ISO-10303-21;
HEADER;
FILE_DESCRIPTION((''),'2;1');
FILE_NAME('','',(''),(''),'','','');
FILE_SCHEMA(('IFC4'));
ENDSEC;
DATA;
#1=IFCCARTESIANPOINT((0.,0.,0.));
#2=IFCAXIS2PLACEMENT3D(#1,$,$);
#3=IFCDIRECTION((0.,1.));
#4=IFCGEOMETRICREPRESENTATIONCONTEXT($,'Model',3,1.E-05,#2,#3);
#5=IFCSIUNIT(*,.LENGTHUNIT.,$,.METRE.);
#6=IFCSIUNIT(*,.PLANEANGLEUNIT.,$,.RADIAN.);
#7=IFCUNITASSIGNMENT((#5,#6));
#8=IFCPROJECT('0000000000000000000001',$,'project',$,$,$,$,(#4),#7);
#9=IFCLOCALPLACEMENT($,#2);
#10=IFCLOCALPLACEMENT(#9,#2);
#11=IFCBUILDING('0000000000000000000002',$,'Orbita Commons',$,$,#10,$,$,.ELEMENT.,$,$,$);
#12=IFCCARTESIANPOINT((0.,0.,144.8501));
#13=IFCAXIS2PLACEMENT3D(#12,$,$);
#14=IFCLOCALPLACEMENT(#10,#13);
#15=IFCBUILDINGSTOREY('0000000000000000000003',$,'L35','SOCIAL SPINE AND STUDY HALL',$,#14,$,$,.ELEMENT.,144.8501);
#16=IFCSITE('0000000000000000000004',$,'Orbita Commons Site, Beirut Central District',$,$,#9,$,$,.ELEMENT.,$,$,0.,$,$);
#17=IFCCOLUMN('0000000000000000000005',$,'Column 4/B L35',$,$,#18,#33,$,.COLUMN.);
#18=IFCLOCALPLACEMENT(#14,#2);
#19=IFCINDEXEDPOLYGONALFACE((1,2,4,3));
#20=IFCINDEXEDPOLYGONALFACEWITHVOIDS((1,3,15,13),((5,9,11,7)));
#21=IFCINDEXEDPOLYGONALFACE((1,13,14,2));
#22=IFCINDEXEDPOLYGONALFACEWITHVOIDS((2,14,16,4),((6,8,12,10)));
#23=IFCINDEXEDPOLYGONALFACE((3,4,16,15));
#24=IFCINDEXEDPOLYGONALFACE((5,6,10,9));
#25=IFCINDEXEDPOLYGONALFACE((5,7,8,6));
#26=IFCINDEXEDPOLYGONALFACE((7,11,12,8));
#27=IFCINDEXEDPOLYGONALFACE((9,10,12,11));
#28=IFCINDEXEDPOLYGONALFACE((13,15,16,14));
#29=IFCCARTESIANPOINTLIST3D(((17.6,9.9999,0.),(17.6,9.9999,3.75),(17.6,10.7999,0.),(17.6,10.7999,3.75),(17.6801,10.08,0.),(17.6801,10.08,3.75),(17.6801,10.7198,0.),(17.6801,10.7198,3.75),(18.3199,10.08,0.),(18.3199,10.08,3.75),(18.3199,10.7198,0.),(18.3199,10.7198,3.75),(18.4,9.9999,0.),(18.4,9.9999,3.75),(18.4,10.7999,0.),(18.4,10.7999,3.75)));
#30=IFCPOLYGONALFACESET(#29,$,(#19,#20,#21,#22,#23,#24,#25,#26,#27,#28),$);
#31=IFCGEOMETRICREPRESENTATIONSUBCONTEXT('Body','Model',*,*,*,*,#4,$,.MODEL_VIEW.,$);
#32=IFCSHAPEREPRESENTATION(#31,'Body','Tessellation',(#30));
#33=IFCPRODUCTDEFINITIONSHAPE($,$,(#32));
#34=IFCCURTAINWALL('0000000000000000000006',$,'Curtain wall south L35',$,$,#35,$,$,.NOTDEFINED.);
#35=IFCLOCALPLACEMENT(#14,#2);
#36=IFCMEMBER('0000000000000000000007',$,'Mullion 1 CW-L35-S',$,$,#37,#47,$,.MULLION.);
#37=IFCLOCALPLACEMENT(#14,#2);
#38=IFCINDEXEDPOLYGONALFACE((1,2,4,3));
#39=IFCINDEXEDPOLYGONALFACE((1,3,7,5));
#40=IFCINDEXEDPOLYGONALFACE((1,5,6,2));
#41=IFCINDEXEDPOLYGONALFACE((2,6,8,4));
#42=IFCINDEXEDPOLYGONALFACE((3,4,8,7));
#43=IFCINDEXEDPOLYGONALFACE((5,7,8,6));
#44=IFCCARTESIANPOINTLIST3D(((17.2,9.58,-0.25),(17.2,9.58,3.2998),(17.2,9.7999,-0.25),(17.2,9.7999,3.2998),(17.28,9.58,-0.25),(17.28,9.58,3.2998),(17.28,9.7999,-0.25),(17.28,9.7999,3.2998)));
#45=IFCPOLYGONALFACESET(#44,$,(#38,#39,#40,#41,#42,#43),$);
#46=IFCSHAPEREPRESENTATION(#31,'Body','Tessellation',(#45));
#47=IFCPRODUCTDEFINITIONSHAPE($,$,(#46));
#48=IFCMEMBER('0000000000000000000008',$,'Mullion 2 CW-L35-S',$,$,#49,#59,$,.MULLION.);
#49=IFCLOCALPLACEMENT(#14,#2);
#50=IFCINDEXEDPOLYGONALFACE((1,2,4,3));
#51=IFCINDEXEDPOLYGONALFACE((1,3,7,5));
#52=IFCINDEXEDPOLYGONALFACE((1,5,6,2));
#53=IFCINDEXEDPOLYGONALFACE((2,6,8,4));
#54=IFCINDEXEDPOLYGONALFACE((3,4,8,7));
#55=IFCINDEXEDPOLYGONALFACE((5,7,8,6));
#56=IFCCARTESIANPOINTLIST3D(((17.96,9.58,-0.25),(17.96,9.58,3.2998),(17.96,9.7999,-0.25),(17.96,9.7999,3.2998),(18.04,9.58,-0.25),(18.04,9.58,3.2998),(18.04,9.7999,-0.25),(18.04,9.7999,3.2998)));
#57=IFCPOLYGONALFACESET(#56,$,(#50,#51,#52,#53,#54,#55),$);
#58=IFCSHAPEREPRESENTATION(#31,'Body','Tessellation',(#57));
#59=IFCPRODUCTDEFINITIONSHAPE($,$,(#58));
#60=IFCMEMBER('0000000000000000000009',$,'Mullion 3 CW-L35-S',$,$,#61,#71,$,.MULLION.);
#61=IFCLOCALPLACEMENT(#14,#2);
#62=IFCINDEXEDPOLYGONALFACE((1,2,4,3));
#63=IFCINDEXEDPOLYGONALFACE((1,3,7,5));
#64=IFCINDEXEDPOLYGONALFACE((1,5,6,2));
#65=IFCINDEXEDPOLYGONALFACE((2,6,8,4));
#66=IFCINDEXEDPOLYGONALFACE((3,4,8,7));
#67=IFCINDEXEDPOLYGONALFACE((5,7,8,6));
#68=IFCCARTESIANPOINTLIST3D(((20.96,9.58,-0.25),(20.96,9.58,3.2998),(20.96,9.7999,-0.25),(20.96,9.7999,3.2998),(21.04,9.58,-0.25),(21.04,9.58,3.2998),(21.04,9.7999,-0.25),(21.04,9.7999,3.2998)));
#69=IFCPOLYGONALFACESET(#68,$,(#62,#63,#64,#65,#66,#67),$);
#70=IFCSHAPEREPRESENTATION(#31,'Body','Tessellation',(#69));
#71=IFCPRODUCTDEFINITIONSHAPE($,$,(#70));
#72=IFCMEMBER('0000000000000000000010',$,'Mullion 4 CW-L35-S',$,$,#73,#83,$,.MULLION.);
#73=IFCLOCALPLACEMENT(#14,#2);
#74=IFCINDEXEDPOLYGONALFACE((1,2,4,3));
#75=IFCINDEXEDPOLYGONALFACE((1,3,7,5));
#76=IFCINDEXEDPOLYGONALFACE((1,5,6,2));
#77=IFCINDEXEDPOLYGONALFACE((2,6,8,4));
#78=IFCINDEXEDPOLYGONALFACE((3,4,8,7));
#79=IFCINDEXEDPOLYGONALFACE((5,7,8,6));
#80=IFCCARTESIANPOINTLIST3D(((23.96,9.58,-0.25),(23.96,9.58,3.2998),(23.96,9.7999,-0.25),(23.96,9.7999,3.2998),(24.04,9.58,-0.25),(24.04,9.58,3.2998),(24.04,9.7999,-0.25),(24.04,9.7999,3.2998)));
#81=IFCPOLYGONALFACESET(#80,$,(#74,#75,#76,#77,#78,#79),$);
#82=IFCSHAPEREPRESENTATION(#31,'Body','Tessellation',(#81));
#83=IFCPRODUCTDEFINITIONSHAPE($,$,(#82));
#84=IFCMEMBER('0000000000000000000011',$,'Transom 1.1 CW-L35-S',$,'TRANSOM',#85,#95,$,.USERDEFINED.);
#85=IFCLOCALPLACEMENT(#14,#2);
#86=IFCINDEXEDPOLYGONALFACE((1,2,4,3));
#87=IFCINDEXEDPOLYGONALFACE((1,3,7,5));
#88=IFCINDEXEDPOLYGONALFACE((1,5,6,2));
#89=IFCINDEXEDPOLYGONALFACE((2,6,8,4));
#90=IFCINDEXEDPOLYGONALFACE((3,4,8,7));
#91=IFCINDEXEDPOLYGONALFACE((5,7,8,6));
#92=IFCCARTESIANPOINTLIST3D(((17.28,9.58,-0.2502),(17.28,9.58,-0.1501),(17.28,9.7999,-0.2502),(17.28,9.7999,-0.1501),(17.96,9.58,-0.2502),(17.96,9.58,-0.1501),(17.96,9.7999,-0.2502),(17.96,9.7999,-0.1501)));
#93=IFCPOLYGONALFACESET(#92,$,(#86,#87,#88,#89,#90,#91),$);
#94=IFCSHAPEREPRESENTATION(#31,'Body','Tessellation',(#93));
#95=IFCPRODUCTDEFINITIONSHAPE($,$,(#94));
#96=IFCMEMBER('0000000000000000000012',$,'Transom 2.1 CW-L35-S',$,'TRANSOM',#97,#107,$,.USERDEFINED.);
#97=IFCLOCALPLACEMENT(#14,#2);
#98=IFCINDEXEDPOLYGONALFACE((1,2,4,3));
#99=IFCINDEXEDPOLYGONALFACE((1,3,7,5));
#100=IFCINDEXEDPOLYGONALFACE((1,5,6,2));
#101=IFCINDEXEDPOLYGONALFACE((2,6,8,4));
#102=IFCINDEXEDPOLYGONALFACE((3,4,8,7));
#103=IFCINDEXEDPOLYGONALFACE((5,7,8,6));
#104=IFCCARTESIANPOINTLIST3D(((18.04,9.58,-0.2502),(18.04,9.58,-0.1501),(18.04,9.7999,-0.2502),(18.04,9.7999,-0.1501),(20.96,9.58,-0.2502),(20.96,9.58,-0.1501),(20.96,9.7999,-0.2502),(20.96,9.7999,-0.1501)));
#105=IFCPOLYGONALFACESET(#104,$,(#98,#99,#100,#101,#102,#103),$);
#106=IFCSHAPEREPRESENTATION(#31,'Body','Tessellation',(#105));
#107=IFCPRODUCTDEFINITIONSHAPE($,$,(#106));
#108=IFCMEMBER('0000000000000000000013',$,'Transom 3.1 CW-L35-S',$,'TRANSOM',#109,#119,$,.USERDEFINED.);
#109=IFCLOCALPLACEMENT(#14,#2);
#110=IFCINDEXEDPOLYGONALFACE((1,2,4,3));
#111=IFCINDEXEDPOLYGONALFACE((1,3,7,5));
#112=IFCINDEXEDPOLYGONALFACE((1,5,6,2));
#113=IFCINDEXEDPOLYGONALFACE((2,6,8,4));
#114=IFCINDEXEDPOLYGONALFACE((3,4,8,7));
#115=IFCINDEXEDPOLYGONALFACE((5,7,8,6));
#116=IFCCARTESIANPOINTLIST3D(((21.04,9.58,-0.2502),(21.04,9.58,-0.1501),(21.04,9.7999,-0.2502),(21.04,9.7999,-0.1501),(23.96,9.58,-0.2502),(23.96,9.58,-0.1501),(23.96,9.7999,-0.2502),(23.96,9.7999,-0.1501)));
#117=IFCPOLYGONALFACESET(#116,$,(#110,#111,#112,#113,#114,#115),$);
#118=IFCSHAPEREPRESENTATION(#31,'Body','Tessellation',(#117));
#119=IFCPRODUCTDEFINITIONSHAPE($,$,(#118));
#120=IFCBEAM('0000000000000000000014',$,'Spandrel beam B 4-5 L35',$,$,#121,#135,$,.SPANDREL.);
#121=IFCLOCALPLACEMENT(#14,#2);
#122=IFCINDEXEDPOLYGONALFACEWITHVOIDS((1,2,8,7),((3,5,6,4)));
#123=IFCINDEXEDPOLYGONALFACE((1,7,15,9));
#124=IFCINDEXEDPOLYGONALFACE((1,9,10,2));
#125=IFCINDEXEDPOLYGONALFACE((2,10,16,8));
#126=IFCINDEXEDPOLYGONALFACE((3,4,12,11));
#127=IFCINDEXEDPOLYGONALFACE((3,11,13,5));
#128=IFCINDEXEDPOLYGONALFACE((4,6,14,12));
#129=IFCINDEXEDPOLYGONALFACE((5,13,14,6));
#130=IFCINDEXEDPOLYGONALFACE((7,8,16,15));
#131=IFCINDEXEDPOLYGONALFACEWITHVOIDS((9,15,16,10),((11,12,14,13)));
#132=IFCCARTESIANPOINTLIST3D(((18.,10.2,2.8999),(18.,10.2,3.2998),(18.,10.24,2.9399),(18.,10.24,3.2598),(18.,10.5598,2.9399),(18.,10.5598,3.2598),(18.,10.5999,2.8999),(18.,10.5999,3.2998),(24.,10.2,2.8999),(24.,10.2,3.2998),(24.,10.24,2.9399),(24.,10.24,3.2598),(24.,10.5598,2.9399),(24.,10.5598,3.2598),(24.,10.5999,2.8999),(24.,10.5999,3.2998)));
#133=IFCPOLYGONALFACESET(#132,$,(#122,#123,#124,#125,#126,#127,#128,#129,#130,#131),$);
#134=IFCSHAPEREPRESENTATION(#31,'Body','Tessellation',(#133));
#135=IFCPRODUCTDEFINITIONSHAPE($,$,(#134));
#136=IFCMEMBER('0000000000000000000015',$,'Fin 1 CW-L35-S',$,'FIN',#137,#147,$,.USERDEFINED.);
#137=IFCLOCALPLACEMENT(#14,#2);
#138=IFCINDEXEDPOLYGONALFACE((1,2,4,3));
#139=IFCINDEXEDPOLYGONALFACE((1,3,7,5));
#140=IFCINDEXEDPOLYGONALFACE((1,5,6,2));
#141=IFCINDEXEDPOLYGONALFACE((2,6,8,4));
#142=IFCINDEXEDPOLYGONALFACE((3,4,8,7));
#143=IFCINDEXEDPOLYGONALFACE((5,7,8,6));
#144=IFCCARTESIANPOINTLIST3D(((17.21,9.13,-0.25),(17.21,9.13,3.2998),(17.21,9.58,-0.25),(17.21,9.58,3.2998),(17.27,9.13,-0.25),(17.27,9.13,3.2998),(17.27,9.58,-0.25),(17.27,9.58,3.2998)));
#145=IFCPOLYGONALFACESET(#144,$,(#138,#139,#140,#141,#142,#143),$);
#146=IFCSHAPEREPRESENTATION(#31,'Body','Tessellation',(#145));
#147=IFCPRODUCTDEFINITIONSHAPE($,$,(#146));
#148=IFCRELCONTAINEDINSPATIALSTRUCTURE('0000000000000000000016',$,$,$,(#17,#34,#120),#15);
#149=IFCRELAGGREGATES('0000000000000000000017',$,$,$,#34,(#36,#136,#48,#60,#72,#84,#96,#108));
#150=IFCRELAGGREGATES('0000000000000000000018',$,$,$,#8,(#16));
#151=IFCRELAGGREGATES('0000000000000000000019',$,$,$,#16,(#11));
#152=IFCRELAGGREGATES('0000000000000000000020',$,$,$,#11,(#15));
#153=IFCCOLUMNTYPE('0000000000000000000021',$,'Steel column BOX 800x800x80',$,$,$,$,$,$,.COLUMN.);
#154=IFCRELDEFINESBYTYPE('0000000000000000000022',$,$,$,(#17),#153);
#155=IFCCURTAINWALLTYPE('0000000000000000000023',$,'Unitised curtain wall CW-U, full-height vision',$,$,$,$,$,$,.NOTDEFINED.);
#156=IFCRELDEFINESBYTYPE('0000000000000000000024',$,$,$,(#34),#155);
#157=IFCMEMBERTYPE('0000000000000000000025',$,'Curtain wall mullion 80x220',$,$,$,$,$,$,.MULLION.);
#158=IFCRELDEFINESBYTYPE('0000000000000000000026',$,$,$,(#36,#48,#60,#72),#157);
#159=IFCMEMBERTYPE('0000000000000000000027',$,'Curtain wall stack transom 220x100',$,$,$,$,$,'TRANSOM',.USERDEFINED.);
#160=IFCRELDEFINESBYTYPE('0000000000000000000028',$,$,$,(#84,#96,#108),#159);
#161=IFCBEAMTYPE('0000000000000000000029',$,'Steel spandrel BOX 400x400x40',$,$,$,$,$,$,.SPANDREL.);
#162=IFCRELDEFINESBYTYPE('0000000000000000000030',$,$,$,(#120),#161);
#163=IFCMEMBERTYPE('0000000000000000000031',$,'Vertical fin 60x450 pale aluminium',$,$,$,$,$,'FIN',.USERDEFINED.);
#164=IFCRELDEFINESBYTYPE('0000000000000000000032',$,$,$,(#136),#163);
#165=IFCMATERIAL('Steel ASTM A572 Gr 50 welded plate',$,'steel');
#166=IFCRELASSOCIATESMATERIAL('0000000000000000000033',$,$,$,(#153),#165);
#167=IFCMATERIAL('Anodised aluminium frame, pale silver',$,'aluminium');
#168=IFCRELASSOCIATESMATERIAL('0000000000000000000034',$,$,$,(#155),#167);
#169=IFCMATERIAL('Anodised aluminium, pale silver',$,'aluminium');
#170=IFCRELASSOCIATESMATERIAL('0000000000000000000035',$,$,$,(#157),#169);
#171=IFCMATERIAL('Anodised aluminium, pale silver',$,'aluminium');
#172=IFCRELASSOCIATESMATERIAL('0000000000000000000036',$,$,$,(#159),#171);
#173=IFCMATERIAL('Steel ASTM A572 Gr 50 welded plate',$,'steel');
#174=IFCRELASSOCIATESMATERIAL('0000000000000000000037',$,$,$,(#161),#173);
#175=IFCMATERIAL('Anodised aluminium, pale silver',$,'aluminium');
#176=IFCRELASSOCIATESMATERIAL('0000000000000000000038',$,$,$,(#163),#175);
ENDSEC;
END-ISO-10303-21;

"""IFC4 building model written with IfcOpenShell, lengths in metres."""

from ifc_helpers import new_model, si_unit, direction, frame, origin, origin_2d, place, context, subcontext, project, spatial, rectangle, hollow_rectangle, extrude, material, material_profile, profile_set, type_object, element, aggregate, save


model = new_model("IFC4")

# Units and contexts
model_context = context("Model", 3, precision=1e-05, world=origin(), true_north=direction((0.0, 1.0)))
body_context = subcontext(model_context, "Body", "Model", "MODEL_VIEW")
ifc_project = project(units=[si_unit("LENGTHUNIT", "METRE"), si_unit("PLANEANGLEUNIT", "RADIAN")], contexts=[model_context])

# Site, building, storey
site_placement = place(None, origin())
site = spatial("IfcSite", under=ifc_project, at=site_placement, Name="Orbita Commons Site, Beirut Central District", CompositionType="ELEMENT", RefElevation=0.0)
building_placement = place(site_placement, origin())
building = spatial("IfcBuilding", under=site, at=building_placement, Name="Orbita Commons", CompositionType="ELEMENT")
storey_placement = place(building_placement, frame((0.0, 0.0, 144.8501)))
storey = spatial("IfcBuildingStorey", under=building, at=storey_placement, Name="L35", Description="SOCIAL SPINE AND STUDY HALL", CompositionType="ELEMENT", Elevation=144.8501)

# Column
ifc_material_1 = material(Name="Steel ASTM A572 Gr 50 welded plate", Category="steel")
ifc_material_profile_1 = material_profile(ifc_material_1, hollow_rectangle(XDim=0.8, YDim=0.8, WallThickness=0.0801, at=origin_2d()), Name="BOX 800x800x80")
ifc_profile_set_1 = profile_set([ifc_material_profile_1], Name="Steel ASTM A572 Gr 50 welded plate")
column_type = type_object("IfcColumnType", Name="Steel column BOX 800x800x80", PredefinedType="COLUMN", material=ifc_profile_set_1)
column_placement = place(storey_placement, frame((18.0, 10.3999, 0.0), z_axis=(0.0, 0.0, 1.0), x_axis=(1.0, 0.0, 0.0)))
element("IfcColumn", 1, at=column_placement, inside=storey, type_object=column_type, Name="Column 4/B L35", PredefinedType="COLUMN", context=body_context, shape_type="SweptSolid", body=[
    extrude(hollow_rectangle(XDim=0.8, YDim=0.8, WallThickness=0.0801, at=origin_2d()), origin(), (0.0, 0.0, 1.0), 3.75),
])

# Curtain wall, members
ifc_material_2 = material(Name="Anodised aluminium frame, pale silver", Category="aluminium")
curtain_wall_type = type_object("IfcCurtainWallType", Name="Unitised curtain wall CW-U, full-height vision", PredefinedType="NOTDEFINED", material=ifc_material_2)
curtain_wall_placement = place(storey_placement, origin())
curtain_wall = element("IfcCurtainWall", 2, at=curtain_wall_placement, inside=storey, type_object=curtain_wall_type, Name="Curtain wall south L35", PredefinedType="NOTDEFINED")
ifc_material_3 = material(Name="Anodised aluminium, pale silver", Category="aluminium")
ifc_material_profile_2 = material_profile(ifc_material_3, rectangle(XDim=0.0801, YDim=0.22, at=origin_2d()), Name="AL 80x220")
ifc_profile_set_2 = profile_set([ifc_material_profile_2], Name="Anodised aluminium, pale silver")
member_type_1 = type_object("IfcMemberType", Name="Curtain wall mullion 80x220", PredefinedType="MULLION", material=ifc_profile_set_2)
member_1_placement = place(storey_placement, frame((17.24, 9.6899, -0.25), z_axis=(0.0, 0.0, 1.0), x_axis=(1.0, 0.0, 0.0)))
member_1 = element("IfcMember", 3, at=member_1_placement, type_object=member_type_1, Name="Mullion 1 CW-L35-S", PredefinedType="MULLION", context=body_context, shape_type="SweptSolid", body=[
    extrude(rectangle(XDim=0.0801, YDim=0.22, at=origin_2d()), origin(), (0.0, 0.0, 1.0), 3.5498),
])
member_2_placement = place(storey_placement, frame((18.0, 9.6899, -0.25), z_axis=(0.0, 0.0, 1.0), x_axis=(1.0, 0.0, 0.0)))
member_2 = element("IfcMember", 4, at=member_2_placement, type_object=member_type_1, Name="Mullion 2 CW-L35-S", PredefinedType="MULLION", context=body_context, shape_type="SweptSolid", body=[
    extrude(rectangle(XDim=0.0801, YDim=0.22, at=origin_2d()), origin(), (0.0, 0.0, 1.0), 3.5498),
])
member_3_placement = place(storey_placement, frame((21.0, 9.6899, -0.25), z_axis=(0.0, 0.0, 1.0), x_axis=(1.0, 0.0, 0.0)))
member_3 = element("IfcMember", 5, at=member_3_placement, type_object=member_type_1, Name="Mullion 3 CW-L35-S", PredefinedType="MULLION", context=body_context, shape_type="SweptSolid", body=[
    extrude(rectangle(XDim=0.0801, YDim=0.22, at=origin_2d()), origin(), (0.0, 0.0, 1.0), 3.5498),
])
member_4_placement = place(storey_placement, frame((24.0, 9.6899, -0.25), z_axis=(0.0, 0.0, 1.0), x_axis=(1.0, 0.0, 0.0)))
member_4 = element("IfcMember", 6, at=member_4_placement, type_object=member_type_1, Name="Mullion 4 CW-L35-S", PredefinedType="MULLION", context=body_context, shape_type="SweptSolid", body=[
    extrude(rectangle(XDim=0.0801, YDim=0.22, at=origin_2d()), origin(), (0.0, 0.0, 1.0), 3.5498),
])
ifc_material_4 = material(Name="Anodised aluminium, pale silver", Category="aluminium")
ifc_material_profile_3 = material_profile(ifc_material_4, rectangle(XDim=0.22, YDim=0.1001, at=origin_2d()), Name="AL 220x100")
ifc_profile_set_3 = profile_set([ifc_material_profile_3], Name="Anodised aluminium, pale silver")
member_type_2 = type_object("IfcMemberType", Name="Curtain wall stack transom 220x100", ElementType="TRANSOM", PredefinedType="USERDEFINED", material=ifc_profile_set_3)
member_5_placement = place(storey_placement, frame((17.28, 9.6899, -0.2002), z_axis=(1.0, 0.0, 0.0), x_axis=(0.0, 1.0, 0.0)))
member_5 = element("IfcMember", 7, at=member_5_placement, type_object=member_type_2, Name="Transom 1.1 CW-L35-S", ObjectType="TRANSOM", PredefinedType="USERDEFINED", context=body_context, shape_type="SweptSolid", body=[
    extrude(rectangle(XDim=0.22, YDim=0.1001, at=origin_2d()), origin(), (0.0, 0.0, 1.0), 0.6799),
])
member_6_placement = place(storey_placement, frame((18.04, 9.6899, -0.2002), z_axis=(1.0, 0.0, 0.0), x_axis=(0.0, 1.0, 0.0)))
member_6 = element("IfcMember", 8, at=member_6_placement, type_object=member_type_2, Name="Transom 2.1 CW-L35-S", ObjectType="TRANSOM", PredefinedType="USERDEFINED", context=body_context, shape_type="SweptSolid", body=[
    extrude(rectangle(XDim=0.22, YDim=0.1001, at=origin_2d()), origin(), (0.0, 0.0, 1.0), 2.9199),
])
member_7_placement = place(storey_placement, frame((21.04, 9.6899, -0.2002), z_axis=(1.0, 0.0, 0.0), x_axis=(0.0, 1.0, 0.0)))
member_7 = element("IfcMember", 9, at=member_7_placement, type_object=member_type_2, Name="Transom 3.1 CW-L35-S", ObjectType="TRANSOM", PredefinedType="USERDEFINED", context=body_context, shape_type="SweptSolid", body=[
    extrude(rectangle(XDim=0.22, YDim=0.1001, at=origin_2d()), origin(), (0.0, 0.0, 1.0), 2.9199),
])

# Beam
ifc_material_5 = material(Name="Steel ASTM A572 Gr 50 welded plate", Category="steel")
ifc_material_profile_4 = material_profile(ifc_material_5, hollow_rectangle(XDim=0.3999, YDim=0.3999, WallThickness=0.04, at=origin_2d()), Name="BOX 400x400x40")
ifc_profile_set_4 = profile_set([ifc_material_profile_4], Name="Steel ASTM A572 Gr 50 welded plate")
beam_type = type_object("IfcBeamType", Name="Steel spandrel BOX 400x400x40", PredefinedType="SPANDREL", material=ifc_profile_set_4)
beam_placement = place(storey_placement, frame((18.0, 10.3999, 3.0999), z_axis=(1.0, 0.0, 0.0), x_axis=(0.0, 1.0, 0.0)))
element("IfcBeam", 10, at=beam_placement, inside=storey, type_object=beam_type, Name="Spandrel beam B 4-5 L35", PredefinedType="SPANDREL", context=body_context, shape_type="SweptSolid", body=[
    extrude(hollow_rectangle(XDim=0.3999, YDim=0.3999, WallThickness=0.04, at=origin_2d()), origin(), (0.0, 0.0, 1.0), 6.0),
])

# Member
ifc_material_6 = material(Name="Anodised aluminium, pale silver", Category="aluminium")
ifc_material_profile_5 = material_profile(ifc_material_6, rectangle(XDim=0.0601, YDim=0.45, at=origin_2d()), Name="FIN 60x450")
ifc_profile_set_5 = profile_set([ifc_material_profile_5], Name="Anodised aluminium, pale silver")
member_type_3 = type_object("IfcMemberType", Name="Vertical fin 60x450 pale aluminium", ElementType="FIN", PredefinedType="USERDEFINED", material=ifc_profile_set_5)
member_8_placement = place(storey_placement, frame((17.24, 9.355, -0.25), z_axis=(0.0, 0.0, 1.0), x_axis=(1.0, 0.0, 0.0)))
member_8 = element("IfcMember", 11, at=member_8_placement, type_object=member_type_3, Name="Fin 1 CW-L35-S", ObjectType="FIN", PredefinedType="USERDEFINED", context=body_context, shape_type="SweptSolid", body=[
    extrude(rectangle(XDim=0.0601, YDim=0.45, at=origin_2d()), origin(), (0.0, 0.0, 1.0), 3.5498),
])

aggregate(curtain_wall, [member_1, member_8, member_2, member_3, member_4, member_5, member_6, member_7])

save(model, "model.ifc")
